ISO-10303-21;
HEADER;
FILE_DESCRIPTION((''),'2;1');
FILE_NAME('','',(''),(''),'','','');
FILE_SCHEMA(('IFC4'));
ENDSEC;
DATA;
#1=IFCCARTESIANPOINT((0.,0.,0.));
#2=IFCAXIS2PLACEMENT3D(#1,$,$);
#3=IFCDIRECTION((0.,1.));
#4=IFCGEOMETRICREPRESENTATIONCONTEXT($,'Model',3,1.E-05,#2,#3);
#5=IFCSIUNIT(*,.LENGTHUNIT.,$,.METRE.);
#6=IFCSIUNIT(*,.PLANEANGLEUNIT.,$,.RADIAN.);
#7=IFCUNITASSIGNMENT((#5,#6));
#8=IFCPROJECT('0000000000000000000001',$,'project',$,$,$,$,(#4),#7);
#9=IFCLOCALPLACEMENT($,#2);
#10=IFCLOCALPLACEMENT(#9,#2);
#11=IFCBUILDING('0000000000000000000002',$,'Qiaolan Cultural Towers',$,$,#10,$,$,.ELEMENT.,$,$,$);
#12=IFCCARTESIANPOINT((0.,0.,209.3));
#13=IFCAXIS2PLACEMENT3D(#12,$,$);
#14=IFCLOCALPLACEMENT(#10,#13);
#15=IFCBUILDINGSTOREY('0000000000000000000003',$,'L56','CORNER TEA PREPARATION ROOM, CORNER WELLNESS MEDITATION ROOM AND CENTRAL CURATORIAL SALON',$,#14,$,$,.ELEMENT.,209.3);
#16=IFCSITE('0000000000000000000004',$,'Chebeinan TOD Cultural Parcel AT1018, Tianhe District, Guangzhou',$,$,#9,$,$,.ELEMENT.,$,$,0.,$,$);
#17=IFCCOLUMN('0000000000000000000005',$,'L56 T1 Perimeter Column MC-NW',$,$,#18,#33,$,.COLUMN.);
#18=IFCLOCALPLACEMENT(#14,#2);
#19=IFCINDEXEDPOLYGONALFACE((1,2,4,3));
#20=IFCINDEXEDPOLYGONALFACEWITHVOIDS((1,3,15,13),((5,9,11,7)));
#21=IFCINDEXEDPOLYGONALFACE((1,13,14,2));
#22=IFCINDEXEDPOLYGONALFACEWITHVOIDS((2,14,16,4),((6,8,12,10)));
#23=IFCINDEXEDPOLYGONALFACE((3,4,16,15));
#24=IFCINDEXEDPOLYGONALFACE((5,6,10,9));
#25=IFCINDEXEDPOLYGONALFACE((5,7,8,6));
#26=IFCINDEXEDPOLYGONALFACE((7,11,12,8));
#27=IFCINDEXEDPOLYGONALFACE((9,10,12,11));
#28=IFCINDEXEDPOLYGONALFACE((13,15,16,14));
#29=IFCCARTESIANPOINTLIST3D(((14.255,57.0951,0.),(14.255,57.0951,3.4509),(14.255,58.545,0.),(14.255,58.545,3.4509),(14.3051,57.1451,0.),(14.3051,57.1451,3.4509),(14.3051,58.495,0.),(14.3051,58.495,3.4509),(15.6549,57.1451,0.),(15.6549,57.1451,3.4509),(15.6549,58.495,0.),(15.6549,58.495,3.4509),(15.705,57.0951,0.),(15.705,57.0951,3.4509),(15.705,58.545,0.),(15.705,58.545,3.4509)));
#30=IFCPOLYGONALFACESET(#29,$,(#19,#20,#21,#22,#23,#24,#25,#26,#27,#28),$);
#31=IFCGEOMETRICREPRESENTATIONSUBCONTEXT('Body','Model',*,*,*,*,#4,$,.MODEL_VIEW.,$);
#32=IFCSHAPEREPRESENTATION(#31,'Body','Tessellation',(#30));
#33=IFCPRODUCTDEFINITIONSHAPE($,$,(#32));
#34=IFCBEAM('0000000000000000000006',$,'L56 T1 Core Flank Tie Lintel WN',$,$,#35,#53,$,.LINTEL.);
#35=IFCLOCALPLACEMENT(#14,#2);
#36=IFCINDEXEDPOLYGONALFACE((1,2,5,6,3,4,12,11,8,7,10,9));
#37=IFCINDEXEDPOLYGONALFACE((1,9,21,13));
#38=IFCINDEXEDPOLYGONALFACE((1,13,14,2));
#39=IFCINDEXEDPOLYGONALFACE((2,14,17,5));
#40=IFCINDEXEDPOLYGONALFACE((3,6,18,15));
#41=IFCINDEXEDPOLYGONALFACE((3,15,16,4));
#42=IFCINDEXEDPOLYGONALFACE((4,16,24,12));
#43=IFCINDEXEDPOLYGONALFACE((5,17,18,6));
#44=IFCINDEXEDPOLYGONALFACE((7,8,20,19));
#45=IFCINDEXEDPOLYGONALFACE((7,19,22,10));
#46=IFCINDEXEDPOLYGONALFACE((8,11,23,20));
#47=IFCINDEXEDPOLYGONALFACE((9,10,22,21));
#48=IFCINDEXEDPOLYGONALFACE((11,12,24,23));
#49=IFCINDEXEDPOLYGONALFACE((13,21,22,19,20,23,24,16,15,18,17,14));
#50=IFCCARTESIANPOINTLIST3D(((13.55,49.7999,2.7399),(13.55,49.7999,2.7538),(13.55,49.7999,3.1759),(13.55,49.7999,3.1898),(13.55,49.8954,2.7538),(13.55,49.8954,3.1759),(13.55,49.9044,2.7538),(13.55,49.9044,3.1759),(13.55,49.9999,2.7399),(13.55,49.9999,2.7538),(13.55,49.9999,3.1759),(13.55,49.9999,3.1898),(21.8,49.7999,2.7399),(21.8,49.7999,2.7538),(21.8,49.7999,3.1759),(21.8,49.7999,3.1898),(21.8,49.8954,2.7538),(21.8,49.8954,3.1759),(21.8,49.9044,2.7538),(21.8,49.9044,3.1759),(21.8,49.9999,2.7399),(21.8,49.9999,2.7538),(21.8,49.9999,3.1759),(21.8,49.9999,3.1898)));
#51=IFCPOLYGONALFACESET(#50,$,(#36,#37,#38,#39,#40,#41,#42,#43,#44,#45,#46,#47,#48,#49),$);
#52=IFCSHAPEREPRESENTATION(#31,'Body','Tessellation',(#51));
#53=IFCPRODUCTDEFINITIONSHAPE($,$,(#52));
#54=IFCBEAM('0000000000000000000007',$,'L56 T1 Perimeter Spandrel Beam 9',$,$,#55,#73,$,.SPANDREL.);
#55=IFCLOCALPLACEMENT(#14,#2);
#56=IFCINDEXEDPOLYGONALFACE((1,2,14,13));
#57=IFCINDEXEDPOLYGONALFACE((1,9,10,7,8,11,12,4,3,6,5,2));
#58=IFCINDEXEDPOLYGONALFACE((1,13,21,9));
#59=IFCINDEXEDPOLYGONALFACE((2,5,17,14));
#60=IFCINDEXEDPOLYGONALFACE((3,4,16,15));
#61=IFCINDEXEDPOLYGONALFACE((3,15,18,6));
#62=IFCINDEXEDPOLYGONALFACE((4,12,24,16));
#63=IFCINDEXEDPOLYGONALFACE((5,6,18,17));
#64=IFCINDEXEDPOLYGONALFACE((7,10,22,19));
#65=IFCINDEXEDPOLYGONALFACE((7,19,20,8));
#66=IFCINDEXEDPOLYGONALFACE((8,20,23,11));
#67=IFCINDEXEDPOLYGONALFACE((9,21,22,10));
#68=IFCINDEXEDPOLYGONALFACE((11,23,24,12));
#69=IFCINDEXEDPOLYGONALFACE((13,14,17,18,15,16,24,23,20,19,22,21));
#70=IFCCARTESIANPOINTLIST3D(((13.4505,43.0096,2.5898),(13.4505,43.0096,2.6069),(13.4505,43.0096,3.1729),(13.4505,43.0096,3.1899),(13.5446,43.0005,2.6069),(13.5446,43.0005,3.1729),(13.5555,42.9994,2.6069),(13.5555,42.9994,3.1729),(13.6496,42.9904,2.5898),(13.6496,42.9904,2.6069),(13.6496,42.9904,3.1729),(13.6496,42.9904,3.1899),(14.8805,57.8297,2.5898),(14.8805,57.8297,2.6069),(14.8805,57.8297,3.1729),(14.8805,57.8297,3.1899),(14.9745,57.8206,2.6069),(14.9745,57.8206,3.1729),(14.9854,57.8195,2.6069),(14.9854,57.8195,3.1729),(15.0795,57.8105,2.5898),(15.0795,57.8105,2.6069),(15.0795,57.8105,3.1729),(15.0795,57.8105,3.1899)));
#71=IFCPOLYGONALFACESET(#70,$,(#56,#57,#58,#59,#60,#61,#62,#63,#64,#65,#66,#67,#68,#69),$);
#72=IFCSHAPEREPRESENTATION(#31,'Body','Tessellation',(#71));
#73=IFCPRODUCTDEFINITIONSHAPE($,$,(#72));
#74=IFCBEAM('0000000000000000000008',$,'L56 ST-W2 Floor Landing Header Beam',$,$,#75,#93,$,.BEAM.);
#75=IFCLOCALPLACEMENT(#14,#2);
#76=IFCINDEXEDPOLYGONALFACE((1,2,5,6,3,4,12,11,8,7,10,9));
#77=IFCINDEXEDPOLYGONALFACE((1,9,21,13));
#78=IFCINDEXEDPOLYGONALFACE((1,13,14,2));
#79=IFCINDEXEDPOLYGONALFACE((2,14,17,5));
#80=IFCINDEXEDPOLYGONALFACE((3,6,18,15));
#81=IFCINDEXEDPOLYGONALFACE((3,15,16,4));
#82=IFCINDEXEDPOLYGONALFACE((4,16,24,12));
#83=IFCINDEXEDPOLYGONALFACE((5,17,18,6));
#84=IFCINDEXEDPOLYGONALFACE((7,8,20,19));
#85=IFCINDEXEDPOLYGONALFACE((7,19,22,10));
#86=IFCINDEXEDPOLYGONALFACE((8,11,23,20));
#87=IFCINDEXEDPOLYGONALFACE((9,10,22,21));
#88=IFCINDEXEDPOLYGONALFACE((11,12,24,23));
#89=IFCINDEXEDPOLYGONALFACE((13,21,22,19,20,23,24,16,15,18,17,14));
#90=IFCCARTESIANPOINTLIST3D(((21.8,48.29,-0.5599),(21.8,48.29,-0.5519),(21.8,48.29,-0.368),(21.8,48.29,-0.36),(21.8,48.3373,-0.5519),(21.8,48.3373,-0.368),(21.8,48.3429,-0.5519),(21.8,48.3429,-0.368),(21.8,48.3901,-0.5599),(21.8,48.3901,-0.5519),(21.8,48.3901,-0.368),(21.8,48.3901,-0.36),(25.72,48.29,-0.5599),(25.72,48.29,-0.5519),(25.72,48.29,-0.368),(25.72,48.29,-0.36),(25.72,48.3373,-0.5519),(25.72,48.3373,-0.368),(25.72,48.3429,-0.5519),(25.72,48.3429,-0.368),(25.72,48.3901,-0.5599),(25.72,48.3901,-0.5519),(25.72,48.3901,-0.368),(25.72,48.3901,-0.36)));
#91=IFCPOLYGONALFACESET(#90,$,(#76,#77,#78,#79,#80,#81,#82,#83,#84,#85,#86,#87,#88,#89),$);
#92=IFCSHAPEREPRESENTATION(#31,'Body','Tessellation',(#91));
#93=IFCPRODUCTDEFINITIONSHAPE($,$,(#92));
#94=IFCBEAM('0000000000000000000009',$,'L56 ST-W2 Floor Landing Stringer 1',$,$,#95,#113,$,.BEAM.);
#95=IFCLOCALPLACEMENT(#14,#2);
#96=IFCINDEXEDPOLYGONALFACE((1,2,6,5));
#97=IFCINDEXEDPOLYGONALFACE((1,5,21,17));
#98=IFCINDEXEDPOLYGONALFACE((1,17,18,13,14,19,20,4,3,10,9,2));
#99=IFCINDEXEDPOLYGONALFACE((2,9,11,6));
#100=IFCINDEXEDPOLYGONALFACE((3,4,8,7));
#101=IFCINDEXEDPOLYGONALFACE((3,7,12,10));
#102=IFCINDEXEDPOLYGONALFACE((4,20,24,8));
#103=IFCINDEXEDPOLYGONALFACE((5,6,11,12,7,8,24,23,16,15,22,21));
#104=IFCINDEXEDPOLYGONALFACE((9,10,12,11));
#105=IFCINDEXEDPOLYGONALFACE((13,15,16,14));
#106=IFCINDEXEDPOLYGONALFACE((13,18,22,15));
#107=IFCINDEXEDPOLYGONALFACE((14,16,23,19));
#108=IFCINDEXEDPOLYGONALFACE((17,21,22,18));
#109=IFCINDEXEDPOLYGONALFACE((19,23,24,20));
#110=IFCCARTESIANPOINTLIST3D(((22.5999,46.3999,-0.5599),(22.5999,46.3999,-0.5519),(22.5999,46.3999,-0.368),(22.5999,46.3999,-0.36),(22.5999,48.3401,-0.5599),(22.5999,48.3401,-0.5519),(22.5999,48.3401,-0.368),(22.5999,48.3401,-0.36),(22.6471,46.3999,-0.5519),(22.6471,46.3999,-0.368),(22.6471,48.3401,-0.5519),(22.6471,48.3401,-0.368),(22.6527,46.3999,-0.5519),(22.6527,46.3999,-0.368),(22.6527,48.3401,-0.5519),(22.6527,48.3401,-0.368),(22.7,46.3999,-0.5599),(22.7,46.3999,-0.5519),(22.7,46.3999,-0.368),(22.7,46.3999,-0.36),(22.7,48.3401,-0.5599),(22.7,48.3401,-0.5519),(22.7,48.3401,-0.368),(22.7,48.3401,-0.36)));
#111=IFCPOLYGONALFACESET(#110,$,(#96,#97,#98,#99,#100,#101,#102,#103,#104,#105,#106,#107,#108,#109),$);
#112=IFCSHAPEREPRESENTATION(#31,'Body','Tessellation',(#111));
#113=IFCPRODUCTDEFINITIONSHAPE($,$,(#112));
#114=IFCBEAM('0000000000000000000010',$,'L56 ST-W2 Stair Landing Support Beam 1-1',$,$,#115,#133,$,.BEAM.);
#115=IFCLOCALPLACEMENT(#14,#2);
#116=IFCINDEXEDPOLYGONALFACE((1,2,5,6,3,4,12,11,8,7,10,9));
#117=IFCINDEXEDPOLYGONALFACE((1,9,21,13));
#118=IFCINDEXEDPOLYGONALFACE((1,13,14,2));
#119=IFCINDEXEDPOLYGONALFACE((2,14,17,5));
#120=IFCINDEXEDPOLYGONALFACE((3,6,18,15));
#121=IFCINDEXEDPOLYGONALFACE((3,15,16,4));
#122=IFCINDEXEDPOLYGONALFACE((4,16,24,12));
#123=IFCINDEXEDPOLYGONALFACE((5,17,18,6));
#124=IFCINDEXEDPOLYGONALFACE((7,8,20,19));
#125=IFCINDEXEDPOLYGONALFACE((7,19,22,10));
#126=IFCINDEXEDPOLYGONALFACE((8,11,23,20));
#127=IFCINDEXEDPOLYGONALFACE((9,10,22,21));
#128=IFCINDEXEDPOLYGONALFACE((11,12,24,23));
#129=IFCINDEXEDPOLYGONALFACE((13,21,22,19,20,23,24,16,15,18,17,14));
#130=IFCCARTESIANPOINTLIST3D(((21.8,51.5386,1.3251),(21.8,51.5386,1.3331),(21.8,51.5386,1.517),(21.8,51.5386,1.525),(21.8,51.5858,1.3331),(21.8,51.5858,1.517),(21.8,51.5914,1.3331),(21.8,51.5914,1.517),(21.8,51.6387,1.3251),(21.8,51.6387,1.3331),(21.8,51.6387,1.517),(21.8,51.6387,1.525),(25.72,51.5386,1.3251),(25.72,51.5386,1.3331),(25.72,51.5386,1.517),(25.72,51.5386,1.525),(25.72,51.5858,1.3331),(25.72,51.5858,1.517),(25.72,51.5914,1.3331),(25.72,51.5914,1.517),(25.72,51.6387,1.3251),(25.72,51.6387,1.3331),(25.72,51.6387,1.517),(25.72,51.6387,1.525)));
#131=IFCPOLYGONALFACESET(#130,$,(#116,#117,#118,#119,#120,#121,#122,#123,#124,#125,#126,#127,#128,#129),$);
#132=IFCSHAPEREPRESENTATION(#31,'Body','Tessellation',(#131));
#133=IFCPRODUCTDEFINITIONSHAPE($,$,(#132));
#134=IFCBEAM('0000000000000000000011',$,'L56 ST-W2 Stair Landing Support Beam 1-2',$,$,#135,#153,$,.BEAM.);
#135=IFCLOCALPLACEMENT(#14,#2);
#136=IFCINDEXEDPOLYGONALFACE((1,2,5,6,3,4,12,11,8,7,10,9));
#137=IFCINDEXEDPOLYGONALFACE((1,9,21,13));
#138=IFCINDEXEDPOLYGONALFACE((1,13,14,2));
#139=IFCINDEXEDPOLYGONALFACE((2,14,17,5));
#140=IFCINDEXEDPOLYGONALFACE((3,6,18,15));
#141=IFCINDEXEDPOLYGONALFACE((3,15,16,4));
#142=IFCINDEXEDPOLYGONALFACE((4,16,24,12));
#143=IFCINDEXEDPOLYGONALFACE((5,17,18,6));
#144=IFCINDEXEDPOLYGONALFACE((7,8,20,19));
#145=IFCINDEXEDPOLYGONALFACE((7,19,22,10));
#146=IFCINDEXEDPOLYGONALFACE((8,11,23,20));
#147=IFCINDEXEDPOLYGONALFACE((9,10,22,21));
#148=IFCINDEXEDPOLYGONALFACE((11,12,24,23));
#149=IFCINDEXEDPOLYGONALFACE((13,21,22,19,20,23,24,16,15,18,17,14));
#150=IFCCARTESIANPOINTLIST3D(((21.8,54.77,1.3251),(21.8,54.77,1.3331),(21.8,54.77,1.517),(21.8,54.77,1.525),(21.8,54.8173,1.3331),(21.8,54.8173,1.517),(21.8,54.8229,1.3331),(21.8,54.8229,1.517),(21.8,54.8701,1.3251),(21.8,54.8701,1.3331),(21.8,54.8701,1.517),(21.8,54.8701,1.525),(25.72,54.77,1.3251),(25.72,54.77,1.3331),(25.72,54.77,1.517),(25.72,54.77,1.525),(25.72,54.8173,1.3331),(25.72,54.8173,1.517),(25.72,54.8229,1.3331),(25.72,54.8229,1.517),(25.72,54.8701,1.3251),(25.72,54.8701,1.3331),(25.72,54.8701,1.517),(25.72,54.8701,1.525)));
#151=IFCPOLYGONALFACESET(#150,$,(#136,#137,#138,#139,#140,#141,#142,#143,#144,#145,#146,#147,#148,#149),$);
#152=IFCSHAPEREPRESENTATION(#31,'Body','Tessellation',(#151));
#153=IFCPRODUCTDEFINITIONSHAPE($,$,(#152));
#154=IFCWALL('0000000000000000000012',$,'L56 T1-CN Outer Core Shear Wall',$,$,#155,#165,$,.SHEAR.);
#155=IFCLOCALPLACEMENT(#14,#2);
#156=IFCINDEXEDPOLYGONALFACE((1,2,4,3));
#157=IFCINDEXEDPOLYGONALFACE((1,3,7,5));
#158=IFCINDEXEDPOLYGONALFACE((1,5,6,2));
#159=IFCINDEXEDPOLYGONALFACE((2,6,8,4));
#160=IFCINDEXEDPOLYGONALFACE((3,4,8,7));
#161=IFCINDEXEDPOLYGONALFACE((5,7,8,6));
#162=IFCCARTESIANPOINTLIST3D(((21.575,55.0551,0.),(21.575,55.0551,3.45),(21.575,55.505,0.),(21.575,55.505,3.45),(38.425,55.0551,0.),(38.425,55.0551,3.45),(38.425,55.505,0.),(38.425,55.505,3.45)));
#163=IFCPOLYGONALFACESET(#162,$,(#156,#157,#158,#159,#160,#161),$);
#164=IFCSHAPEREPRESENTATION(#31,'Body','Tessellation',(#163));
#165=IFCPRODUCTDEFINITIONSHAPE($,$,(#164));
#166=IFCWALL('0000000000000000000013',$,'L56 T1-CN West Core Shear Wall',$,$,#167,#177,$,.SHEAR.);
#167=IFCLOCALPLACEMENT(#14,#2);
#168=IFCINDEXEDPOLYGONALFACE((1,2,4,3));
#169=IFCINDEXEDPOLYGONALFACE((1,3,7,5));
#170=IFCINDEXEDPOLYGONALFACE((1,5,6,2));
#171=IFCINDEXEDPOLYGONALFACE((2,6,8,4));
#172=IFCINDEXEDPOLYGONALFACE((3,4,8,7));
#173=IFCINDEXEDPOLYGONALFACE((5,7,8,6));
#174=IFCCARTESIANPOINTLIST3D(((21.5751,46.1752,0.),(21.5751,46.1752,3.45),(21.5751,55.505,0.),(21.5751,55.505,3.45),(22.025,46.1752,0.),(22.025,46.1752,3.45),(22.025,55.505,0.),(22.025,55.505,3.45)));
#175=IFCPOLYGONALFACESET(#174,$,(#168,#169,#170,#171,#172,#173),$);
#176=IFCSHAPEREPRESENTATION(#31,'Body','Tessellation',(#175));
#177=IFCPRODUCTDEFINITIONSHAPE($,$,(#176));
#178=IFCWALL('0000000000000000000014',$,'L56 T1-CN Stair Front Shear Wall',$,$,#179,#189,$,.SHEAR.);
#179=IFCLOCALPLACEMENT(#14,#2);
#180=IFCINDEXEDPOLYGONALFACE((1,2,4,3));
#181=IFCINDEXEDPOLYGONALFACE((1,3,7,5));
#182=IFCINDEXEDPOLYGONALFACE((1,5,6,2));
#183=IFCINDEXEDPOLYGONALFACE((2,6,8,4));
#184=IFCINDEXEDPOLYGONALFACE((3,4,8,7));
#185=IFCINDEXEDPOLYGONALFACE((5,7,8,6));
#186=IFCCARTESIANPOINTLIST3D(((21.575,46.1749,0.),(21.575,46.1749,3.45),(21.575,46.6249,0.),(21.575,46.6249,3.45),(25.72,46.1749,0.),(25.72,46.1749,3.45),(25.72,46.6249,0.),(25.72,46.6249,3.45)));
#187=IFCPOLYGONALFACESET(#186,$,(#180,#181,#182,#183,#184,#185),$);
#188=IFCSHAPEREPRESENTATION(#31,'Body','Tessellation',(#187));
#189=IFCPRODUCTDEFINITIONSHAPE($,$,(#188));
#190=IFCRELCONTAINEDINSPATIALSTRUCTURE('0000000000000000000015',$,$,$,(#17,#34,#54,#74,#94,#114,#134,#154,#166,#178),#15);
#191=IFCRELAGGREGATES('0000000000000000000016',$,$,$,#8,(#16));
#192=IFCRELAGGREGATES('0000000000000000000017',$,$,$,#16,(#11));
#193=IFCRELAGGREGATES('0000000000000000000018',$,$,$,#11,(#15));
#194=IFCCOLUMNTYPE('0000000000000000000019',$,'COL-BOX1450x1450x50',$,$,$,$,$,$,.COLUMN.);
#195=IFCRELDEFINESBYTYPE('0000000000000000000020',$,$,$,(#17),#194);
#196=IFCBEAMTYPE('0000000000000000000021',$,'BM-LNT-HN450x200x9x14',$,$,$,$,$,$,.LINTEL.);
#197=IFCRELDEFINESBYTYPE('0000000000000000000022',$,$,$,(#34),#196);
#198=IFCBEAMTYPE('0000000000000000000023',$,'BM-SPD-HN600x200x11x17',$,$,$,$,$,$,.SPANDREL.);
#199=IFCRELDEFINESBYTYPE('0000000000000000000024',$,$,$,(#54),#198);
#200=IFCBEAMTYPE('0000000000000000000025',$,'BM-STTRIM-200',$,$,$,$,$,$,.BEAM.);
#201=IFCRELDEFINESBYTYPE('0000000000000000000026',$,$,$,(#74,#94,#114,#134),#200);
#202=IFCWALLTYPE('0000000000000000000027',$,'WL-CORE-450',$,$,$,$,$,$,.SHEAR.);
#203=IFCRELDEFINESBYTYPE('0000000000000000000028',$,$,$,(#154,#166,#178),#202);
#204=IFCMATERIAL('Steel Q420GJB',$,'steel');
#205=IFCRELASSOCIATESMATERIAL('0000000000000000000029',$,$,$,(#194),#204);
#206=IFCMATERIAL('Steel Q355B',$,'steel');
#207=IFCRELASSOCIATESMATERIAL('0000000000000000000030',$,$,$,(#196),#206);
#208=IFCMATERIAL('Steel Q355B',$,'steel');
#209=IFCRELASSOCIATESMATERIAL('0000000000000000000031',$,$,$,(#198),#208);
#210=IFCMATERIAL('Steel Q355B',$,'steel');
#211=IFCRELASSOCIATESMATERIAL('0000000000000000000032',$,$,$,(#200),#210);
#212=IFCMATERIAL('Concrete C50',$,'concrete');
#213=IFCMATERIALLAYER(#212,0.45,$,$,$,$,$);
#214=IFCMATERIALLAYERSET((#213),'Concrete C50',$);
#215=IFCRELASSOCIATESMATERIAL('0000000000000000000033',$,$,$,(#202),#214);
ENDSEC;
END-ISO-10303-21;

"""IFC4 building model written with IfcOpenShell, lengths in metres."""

from ifc_helpers import new_model, si_unit, direction, frame, frame_2d, origin, origin_2d, place, context, subcontext, project, spatial, rectangle, hollow_rectangle, i_section, extrude, material, layer, layer_set, material_profile, profile_set, type_object, element, save


model = new_model("IFC4")

# Units and contexts
model_context = context("Model", 3, precision=1e-05, world=origin(), true_north=direction((0.0, 1.0)))
body_context = subcontext(model_context, "Body", "Model", "MODEL_VIEW")
ifc_project = project(units=[si_unit("LENGTHUNIT", "METRE"), si_unit("PLANEANGLEUNIT", "RADIAN")], contexts=[model_context])

# Site, building, storey
site_placement = place(None, origin())
site = spatial("IfcSite", under=ifc_project, at=site_placement, Name="Chebeinan TOD Cultural Parcel AT1018, Tianhe District, Guangzhou", CompositionType="ELEMENT", RefElevation=0.0)
building_placement = place(site_placement, origin())
building = spatial("IfcBuilding", under=site, at=building_placement, Name="Qiaolan Cultural Towers", CompositionType="ELEMENT")
storey_placement = place(building_placement, frame((0.0, 0.0, 209.3)))
storey = spatial("IfcBuildingStorey", under=building, at=storey_placement, Name="L56", Description="CORNER TEA PREPARATION ROOM, CORNER WELLNESS MEDITATION ROOM AND CENTRAL CURATORIAL SALON", CompositionType="ELEMENT", Elevation=209.3)

# Column
ifc_material_1 = material(Name="Steel Q420GJB", Category="steel")
ifc_material_profile_1 = material_profile(ifc_material_1, hollow_rectangle(XDim=1.45, YDim=1.45, WallThickness=0.05, at=origin_2d()), Name="BOX1450x1450x50")
ifc_profile_set_1 = profile_set([ifc_material_profile_1], Name="Steel Q420GJB")
column_type = type_object("IfcColumnType", Name="COL-BOX1450x1450x50", PredefinedType="COLUMN", material=ifc_profile_set_1)
column_placement = place(storey_placement, frame((14.98, 57.8201, 0.0), z_axis=(0.0, 0.0, 1.0), x_axis=(1.0, 0.0, 0.0)))
element("IfcColumn", 1, at=column_placement, inside=storey, type_object=column_type, Name="L56 T1 Perimeter Column MC-NW", PredefinedType="COLUMN", context=body_context, shape_type="SweptSolid", body=[
    extrude(hollow_rectangle(XDim=1.45, YDim=1.45, WallThickness=0.05, at=origin_2d()), origin(), (0.0, 0.0, 1.0), 3.4509),
])

# Beams
ifc_material_2 = material(Name="Steel Q355B", Category="steel")
ifc_material_profile_2 = material_profile(ifc_material_2, i_section(OverallWidth=0.2, OverallDepth=0.45, WebThickness=0.009, FlangeThickness=0.0139, at=origin_2d()), Name="HN450x200x9x14")
ifc_profile_set_2 = profile_set([ifc_material_profile_2], Name="Steel Q355B")
beam_type_1 = type_object("IfcBeamType", Name="BM-LNT-HN450x200x9x14", PredefinedType="LINTEL", material=ifc_profile_set_2)
beam_1_placement = place(storey_placement, frame((21.8, 49.8999, 2.9648), z_axis=(-1.0, 0.0, 0.0), x_axis=(0.0, -1.0, 0.0)))
element("IfcBeam", 2, at=beam_1_placement, inside=storey, type_object=beam_type_1, Name="L56 T1 Core Flank Tie Lintel WN", PredefinedType="LINTEL", context=body_context, shape_type="SweptSolid", body=[
    extrude(i_section(OverallWidth=0.2, OverallDepth=0.45, WebThickness=0.009, FlangeThickness=0.0139, at=origin_2d()), origin(), (0.0, 0.0, 1.0), 8.25),
])
ifc_material_3 = material(Name="Steel Q355B", Category="steel")
ifc_material_profile_3 = material_profile(ifc_material_3, i_section(OverallWidth=0.2, OverallDepth=0.6001, WebThickness=0.011, FlangeThickness=0.0171, at=origin_2d()), Name="HN600x200x11x17")
ifc_profile_set_3 = profile_set([ifc_material_profile_3], Name="Steel Q355B")
beam_type_2 = type_object("IfcBeamType", Name="BM-SPD-HN600x200x11x17", PredefinedType="SPANDREL", material=ifc_profile_set_3)
beam_2_placement = place(storey_placement, frame((14.98, 57.8201, 2.8899), z_axis=(-0.09604, -0.995377, 0.0), x_axis=(0.995377, -0.09604, 0.0)))
element("IfcBeam", 3, at=beam_2_placement, inside=storey, type_object=beam_type_2, Name="L56 T1 Perimeter Spandrel Beam 9", PredefinedType="SPANDREL", context=body_context, shape_type="SweptSolid", body=[
    extrude(i_section(OverallWidth=0.2, OverallDepth=0.6001, WebThickness=0.011, FlangeThickness=0.0171, at=origin_2d()), origin(), (0.0, 0.0, 1.0), 14.8889),
])
ifc_material_4 = material(Name="Steel Q355B", Category="steel")
ifc_material_profile_4 = material_profile(ifc_material_4, i_section(OverallWidth=0.1001, OverallDepth=0.2, WebThickness=0.0056, FlangeThickness=0.0081, at=origin_2d()), Name="HN200x100x5.5x8")
ifc_profile_set_4 = profile_set([ifc_material_profile_4], Name="Steel Q355B")
beam_type_3 = type_object("IfcBeamType", Name="BM-STTRIM-200", PredefinedType="BEAM", material=ifc_profile_set_4)
beam_3_placement = place(storey_placement, frame((21.8, 48.3401, -0.46), z_axis=(1.0, 0.0, 0.0), x_axis=(0.0, 1.0, 0.0)))
element("IfcBeam", 4, at=beam_3_placement, inside=storey, type_object=beam_type_3, Name="L56 ST-W2 Floor Landing Header Beam", PredefinedType="BEAM", context=body_context, shape_type="SweptSolid", body=[
    extrude(i_section(OverallWidth=0.1001, OverallDepth=0.2, WebThickness=0.0056, FlangeThickness=0.0081, at=origin_2d()), origin(), (0.0, 0.0, 1.0), 3.9199),
])
beam_4_placement = place(storey_placement, frame((22.6499, 46.3999, -0.46), z_axis=(0.0, 1.0, 0.0), x_axis=(-1.0, 0.0, 0.0)))
element("IfcBeam", 5, at=beam_4_placement, inside=storey, type_object=beam_type_3, Name="L56 ST-W2 Floor Landing Stringer 1", PredefinedType="BEAM", context=body_context, shape_type="SweptSolid", body=[
    extrude(i_section(OverallWidth=0.1001, OverallDepth=0.2, WebThickness=0.0056, FlangeThickness=0.0081, at=origin_2d()), origin(), (0.0, 0.0, 1.0), 1.9402),
])
for number, where, z_axis, x_axis, name in (
    (6, (21.8, 51.5886, 1.425), (1.0, 0.0, 0.0), (0.0, 1.0, 0.0), "L56 ST-W2 Stair Landing Support Beam 1-1"),
    (7, (21.8, 54.8201, 1.425), (1.0, 0.0, 0.0), (0.0, 1.0, 0.0), "L56 ST-W2 Stair Landing Support Beam 1-2"),
):
    element("IfcBeam", number, at=place(storey_placement, frame(where, z_axis=z_axis, x_axis=x_axis)), inside=storey, type_object=beam_type_3, Name=name, PredefinedType="BEAM", context=body_context, shape_type="SweptSolid", body=[
        extrude(i_section(OverallWidth=0.1001, OverallDepth=0.2, WebThickness=0.0056, FlangeThickness=0.0081, at=origin_2d()), origin(), (0.0, 0.0, 1.0), 3.9199),
    ])

# Walls
ifc_material_5 = material(Name="Concrete C50", Category="concrete")
ifc_layer_1 = layer(ifc_material_5, 0.45)
ifc_layer_set_1 = layer_set([ifc_layer_1], Name="Concrete C50")
wall_type_1 = type_object("IfcWallType", Name="WL-CORE-450", PredefinedType="SHEAR", material=ifc_layer_set_1)
wall_1_placement = place(storey_placement, frame((21.575, 55.28, 0.0), z_axis=(0.0, 0.0, 1.0), x_axis=(1.0, 0.0, 0.0)))
element("IfcWall", 8, at=wall_1_placement, inside=storey, type_object=wall_type_1, Name="L56 T1-CN Outer Core Shear Wall", PredefinedType="SHEAR", context=body_context, shape_type="SweptSolid", body=[
    extrude(rectangle(XDim=16.8501, YDim=0.45, at=frame_2d((8.425, 0.0))), origin(), (0.0, 0.0, 1.0), 3.45),
])
wall_2_placement = place(storey_placement, frame((21.8, 46.175, 0.0), z_axis=(0.0, 0.0, 1.0), x_axis=(0.0, 1.0, 0.0)))
element("IfcWall", 9, at=wall_2_placement, inside=storey, type_object=wall_type_1, Name="L56 T1-CN West Core Shear Wall", PredefinedType="SHEAR", context=body_context, shape_type="SweptSolid", body=[
    extrude(rectangle(XDim=9.3298, YDim=0.45, at=frame_2d((4.665, 0.0))), origin(), (0.0, 0.0, 1.0), 3.45),
])
wall_3_placement = place(storey_placement, frame((21.575, 46.3999, 0.0), z_axis=(0.0, 0.0, 1.0), x_axis=(1.0, 0.0, 0.0)))
element("IfcWall", 10, at=wall_3_placement, inside=storey, type_object=wall_type_1, Name="L56 T1-CN Stair Front Shear Wall", PredefinedType="SHEAR", context=body_context, shape_type="SweptSolid", body=[
    extrude(rectangle(XDim=4.145, YDim=0.45, at=frame_2d((2.0725, 0.0))), origin(), (0.0, 0.0, 1.0), 3.45),
])

save(model, "model.ifc")
